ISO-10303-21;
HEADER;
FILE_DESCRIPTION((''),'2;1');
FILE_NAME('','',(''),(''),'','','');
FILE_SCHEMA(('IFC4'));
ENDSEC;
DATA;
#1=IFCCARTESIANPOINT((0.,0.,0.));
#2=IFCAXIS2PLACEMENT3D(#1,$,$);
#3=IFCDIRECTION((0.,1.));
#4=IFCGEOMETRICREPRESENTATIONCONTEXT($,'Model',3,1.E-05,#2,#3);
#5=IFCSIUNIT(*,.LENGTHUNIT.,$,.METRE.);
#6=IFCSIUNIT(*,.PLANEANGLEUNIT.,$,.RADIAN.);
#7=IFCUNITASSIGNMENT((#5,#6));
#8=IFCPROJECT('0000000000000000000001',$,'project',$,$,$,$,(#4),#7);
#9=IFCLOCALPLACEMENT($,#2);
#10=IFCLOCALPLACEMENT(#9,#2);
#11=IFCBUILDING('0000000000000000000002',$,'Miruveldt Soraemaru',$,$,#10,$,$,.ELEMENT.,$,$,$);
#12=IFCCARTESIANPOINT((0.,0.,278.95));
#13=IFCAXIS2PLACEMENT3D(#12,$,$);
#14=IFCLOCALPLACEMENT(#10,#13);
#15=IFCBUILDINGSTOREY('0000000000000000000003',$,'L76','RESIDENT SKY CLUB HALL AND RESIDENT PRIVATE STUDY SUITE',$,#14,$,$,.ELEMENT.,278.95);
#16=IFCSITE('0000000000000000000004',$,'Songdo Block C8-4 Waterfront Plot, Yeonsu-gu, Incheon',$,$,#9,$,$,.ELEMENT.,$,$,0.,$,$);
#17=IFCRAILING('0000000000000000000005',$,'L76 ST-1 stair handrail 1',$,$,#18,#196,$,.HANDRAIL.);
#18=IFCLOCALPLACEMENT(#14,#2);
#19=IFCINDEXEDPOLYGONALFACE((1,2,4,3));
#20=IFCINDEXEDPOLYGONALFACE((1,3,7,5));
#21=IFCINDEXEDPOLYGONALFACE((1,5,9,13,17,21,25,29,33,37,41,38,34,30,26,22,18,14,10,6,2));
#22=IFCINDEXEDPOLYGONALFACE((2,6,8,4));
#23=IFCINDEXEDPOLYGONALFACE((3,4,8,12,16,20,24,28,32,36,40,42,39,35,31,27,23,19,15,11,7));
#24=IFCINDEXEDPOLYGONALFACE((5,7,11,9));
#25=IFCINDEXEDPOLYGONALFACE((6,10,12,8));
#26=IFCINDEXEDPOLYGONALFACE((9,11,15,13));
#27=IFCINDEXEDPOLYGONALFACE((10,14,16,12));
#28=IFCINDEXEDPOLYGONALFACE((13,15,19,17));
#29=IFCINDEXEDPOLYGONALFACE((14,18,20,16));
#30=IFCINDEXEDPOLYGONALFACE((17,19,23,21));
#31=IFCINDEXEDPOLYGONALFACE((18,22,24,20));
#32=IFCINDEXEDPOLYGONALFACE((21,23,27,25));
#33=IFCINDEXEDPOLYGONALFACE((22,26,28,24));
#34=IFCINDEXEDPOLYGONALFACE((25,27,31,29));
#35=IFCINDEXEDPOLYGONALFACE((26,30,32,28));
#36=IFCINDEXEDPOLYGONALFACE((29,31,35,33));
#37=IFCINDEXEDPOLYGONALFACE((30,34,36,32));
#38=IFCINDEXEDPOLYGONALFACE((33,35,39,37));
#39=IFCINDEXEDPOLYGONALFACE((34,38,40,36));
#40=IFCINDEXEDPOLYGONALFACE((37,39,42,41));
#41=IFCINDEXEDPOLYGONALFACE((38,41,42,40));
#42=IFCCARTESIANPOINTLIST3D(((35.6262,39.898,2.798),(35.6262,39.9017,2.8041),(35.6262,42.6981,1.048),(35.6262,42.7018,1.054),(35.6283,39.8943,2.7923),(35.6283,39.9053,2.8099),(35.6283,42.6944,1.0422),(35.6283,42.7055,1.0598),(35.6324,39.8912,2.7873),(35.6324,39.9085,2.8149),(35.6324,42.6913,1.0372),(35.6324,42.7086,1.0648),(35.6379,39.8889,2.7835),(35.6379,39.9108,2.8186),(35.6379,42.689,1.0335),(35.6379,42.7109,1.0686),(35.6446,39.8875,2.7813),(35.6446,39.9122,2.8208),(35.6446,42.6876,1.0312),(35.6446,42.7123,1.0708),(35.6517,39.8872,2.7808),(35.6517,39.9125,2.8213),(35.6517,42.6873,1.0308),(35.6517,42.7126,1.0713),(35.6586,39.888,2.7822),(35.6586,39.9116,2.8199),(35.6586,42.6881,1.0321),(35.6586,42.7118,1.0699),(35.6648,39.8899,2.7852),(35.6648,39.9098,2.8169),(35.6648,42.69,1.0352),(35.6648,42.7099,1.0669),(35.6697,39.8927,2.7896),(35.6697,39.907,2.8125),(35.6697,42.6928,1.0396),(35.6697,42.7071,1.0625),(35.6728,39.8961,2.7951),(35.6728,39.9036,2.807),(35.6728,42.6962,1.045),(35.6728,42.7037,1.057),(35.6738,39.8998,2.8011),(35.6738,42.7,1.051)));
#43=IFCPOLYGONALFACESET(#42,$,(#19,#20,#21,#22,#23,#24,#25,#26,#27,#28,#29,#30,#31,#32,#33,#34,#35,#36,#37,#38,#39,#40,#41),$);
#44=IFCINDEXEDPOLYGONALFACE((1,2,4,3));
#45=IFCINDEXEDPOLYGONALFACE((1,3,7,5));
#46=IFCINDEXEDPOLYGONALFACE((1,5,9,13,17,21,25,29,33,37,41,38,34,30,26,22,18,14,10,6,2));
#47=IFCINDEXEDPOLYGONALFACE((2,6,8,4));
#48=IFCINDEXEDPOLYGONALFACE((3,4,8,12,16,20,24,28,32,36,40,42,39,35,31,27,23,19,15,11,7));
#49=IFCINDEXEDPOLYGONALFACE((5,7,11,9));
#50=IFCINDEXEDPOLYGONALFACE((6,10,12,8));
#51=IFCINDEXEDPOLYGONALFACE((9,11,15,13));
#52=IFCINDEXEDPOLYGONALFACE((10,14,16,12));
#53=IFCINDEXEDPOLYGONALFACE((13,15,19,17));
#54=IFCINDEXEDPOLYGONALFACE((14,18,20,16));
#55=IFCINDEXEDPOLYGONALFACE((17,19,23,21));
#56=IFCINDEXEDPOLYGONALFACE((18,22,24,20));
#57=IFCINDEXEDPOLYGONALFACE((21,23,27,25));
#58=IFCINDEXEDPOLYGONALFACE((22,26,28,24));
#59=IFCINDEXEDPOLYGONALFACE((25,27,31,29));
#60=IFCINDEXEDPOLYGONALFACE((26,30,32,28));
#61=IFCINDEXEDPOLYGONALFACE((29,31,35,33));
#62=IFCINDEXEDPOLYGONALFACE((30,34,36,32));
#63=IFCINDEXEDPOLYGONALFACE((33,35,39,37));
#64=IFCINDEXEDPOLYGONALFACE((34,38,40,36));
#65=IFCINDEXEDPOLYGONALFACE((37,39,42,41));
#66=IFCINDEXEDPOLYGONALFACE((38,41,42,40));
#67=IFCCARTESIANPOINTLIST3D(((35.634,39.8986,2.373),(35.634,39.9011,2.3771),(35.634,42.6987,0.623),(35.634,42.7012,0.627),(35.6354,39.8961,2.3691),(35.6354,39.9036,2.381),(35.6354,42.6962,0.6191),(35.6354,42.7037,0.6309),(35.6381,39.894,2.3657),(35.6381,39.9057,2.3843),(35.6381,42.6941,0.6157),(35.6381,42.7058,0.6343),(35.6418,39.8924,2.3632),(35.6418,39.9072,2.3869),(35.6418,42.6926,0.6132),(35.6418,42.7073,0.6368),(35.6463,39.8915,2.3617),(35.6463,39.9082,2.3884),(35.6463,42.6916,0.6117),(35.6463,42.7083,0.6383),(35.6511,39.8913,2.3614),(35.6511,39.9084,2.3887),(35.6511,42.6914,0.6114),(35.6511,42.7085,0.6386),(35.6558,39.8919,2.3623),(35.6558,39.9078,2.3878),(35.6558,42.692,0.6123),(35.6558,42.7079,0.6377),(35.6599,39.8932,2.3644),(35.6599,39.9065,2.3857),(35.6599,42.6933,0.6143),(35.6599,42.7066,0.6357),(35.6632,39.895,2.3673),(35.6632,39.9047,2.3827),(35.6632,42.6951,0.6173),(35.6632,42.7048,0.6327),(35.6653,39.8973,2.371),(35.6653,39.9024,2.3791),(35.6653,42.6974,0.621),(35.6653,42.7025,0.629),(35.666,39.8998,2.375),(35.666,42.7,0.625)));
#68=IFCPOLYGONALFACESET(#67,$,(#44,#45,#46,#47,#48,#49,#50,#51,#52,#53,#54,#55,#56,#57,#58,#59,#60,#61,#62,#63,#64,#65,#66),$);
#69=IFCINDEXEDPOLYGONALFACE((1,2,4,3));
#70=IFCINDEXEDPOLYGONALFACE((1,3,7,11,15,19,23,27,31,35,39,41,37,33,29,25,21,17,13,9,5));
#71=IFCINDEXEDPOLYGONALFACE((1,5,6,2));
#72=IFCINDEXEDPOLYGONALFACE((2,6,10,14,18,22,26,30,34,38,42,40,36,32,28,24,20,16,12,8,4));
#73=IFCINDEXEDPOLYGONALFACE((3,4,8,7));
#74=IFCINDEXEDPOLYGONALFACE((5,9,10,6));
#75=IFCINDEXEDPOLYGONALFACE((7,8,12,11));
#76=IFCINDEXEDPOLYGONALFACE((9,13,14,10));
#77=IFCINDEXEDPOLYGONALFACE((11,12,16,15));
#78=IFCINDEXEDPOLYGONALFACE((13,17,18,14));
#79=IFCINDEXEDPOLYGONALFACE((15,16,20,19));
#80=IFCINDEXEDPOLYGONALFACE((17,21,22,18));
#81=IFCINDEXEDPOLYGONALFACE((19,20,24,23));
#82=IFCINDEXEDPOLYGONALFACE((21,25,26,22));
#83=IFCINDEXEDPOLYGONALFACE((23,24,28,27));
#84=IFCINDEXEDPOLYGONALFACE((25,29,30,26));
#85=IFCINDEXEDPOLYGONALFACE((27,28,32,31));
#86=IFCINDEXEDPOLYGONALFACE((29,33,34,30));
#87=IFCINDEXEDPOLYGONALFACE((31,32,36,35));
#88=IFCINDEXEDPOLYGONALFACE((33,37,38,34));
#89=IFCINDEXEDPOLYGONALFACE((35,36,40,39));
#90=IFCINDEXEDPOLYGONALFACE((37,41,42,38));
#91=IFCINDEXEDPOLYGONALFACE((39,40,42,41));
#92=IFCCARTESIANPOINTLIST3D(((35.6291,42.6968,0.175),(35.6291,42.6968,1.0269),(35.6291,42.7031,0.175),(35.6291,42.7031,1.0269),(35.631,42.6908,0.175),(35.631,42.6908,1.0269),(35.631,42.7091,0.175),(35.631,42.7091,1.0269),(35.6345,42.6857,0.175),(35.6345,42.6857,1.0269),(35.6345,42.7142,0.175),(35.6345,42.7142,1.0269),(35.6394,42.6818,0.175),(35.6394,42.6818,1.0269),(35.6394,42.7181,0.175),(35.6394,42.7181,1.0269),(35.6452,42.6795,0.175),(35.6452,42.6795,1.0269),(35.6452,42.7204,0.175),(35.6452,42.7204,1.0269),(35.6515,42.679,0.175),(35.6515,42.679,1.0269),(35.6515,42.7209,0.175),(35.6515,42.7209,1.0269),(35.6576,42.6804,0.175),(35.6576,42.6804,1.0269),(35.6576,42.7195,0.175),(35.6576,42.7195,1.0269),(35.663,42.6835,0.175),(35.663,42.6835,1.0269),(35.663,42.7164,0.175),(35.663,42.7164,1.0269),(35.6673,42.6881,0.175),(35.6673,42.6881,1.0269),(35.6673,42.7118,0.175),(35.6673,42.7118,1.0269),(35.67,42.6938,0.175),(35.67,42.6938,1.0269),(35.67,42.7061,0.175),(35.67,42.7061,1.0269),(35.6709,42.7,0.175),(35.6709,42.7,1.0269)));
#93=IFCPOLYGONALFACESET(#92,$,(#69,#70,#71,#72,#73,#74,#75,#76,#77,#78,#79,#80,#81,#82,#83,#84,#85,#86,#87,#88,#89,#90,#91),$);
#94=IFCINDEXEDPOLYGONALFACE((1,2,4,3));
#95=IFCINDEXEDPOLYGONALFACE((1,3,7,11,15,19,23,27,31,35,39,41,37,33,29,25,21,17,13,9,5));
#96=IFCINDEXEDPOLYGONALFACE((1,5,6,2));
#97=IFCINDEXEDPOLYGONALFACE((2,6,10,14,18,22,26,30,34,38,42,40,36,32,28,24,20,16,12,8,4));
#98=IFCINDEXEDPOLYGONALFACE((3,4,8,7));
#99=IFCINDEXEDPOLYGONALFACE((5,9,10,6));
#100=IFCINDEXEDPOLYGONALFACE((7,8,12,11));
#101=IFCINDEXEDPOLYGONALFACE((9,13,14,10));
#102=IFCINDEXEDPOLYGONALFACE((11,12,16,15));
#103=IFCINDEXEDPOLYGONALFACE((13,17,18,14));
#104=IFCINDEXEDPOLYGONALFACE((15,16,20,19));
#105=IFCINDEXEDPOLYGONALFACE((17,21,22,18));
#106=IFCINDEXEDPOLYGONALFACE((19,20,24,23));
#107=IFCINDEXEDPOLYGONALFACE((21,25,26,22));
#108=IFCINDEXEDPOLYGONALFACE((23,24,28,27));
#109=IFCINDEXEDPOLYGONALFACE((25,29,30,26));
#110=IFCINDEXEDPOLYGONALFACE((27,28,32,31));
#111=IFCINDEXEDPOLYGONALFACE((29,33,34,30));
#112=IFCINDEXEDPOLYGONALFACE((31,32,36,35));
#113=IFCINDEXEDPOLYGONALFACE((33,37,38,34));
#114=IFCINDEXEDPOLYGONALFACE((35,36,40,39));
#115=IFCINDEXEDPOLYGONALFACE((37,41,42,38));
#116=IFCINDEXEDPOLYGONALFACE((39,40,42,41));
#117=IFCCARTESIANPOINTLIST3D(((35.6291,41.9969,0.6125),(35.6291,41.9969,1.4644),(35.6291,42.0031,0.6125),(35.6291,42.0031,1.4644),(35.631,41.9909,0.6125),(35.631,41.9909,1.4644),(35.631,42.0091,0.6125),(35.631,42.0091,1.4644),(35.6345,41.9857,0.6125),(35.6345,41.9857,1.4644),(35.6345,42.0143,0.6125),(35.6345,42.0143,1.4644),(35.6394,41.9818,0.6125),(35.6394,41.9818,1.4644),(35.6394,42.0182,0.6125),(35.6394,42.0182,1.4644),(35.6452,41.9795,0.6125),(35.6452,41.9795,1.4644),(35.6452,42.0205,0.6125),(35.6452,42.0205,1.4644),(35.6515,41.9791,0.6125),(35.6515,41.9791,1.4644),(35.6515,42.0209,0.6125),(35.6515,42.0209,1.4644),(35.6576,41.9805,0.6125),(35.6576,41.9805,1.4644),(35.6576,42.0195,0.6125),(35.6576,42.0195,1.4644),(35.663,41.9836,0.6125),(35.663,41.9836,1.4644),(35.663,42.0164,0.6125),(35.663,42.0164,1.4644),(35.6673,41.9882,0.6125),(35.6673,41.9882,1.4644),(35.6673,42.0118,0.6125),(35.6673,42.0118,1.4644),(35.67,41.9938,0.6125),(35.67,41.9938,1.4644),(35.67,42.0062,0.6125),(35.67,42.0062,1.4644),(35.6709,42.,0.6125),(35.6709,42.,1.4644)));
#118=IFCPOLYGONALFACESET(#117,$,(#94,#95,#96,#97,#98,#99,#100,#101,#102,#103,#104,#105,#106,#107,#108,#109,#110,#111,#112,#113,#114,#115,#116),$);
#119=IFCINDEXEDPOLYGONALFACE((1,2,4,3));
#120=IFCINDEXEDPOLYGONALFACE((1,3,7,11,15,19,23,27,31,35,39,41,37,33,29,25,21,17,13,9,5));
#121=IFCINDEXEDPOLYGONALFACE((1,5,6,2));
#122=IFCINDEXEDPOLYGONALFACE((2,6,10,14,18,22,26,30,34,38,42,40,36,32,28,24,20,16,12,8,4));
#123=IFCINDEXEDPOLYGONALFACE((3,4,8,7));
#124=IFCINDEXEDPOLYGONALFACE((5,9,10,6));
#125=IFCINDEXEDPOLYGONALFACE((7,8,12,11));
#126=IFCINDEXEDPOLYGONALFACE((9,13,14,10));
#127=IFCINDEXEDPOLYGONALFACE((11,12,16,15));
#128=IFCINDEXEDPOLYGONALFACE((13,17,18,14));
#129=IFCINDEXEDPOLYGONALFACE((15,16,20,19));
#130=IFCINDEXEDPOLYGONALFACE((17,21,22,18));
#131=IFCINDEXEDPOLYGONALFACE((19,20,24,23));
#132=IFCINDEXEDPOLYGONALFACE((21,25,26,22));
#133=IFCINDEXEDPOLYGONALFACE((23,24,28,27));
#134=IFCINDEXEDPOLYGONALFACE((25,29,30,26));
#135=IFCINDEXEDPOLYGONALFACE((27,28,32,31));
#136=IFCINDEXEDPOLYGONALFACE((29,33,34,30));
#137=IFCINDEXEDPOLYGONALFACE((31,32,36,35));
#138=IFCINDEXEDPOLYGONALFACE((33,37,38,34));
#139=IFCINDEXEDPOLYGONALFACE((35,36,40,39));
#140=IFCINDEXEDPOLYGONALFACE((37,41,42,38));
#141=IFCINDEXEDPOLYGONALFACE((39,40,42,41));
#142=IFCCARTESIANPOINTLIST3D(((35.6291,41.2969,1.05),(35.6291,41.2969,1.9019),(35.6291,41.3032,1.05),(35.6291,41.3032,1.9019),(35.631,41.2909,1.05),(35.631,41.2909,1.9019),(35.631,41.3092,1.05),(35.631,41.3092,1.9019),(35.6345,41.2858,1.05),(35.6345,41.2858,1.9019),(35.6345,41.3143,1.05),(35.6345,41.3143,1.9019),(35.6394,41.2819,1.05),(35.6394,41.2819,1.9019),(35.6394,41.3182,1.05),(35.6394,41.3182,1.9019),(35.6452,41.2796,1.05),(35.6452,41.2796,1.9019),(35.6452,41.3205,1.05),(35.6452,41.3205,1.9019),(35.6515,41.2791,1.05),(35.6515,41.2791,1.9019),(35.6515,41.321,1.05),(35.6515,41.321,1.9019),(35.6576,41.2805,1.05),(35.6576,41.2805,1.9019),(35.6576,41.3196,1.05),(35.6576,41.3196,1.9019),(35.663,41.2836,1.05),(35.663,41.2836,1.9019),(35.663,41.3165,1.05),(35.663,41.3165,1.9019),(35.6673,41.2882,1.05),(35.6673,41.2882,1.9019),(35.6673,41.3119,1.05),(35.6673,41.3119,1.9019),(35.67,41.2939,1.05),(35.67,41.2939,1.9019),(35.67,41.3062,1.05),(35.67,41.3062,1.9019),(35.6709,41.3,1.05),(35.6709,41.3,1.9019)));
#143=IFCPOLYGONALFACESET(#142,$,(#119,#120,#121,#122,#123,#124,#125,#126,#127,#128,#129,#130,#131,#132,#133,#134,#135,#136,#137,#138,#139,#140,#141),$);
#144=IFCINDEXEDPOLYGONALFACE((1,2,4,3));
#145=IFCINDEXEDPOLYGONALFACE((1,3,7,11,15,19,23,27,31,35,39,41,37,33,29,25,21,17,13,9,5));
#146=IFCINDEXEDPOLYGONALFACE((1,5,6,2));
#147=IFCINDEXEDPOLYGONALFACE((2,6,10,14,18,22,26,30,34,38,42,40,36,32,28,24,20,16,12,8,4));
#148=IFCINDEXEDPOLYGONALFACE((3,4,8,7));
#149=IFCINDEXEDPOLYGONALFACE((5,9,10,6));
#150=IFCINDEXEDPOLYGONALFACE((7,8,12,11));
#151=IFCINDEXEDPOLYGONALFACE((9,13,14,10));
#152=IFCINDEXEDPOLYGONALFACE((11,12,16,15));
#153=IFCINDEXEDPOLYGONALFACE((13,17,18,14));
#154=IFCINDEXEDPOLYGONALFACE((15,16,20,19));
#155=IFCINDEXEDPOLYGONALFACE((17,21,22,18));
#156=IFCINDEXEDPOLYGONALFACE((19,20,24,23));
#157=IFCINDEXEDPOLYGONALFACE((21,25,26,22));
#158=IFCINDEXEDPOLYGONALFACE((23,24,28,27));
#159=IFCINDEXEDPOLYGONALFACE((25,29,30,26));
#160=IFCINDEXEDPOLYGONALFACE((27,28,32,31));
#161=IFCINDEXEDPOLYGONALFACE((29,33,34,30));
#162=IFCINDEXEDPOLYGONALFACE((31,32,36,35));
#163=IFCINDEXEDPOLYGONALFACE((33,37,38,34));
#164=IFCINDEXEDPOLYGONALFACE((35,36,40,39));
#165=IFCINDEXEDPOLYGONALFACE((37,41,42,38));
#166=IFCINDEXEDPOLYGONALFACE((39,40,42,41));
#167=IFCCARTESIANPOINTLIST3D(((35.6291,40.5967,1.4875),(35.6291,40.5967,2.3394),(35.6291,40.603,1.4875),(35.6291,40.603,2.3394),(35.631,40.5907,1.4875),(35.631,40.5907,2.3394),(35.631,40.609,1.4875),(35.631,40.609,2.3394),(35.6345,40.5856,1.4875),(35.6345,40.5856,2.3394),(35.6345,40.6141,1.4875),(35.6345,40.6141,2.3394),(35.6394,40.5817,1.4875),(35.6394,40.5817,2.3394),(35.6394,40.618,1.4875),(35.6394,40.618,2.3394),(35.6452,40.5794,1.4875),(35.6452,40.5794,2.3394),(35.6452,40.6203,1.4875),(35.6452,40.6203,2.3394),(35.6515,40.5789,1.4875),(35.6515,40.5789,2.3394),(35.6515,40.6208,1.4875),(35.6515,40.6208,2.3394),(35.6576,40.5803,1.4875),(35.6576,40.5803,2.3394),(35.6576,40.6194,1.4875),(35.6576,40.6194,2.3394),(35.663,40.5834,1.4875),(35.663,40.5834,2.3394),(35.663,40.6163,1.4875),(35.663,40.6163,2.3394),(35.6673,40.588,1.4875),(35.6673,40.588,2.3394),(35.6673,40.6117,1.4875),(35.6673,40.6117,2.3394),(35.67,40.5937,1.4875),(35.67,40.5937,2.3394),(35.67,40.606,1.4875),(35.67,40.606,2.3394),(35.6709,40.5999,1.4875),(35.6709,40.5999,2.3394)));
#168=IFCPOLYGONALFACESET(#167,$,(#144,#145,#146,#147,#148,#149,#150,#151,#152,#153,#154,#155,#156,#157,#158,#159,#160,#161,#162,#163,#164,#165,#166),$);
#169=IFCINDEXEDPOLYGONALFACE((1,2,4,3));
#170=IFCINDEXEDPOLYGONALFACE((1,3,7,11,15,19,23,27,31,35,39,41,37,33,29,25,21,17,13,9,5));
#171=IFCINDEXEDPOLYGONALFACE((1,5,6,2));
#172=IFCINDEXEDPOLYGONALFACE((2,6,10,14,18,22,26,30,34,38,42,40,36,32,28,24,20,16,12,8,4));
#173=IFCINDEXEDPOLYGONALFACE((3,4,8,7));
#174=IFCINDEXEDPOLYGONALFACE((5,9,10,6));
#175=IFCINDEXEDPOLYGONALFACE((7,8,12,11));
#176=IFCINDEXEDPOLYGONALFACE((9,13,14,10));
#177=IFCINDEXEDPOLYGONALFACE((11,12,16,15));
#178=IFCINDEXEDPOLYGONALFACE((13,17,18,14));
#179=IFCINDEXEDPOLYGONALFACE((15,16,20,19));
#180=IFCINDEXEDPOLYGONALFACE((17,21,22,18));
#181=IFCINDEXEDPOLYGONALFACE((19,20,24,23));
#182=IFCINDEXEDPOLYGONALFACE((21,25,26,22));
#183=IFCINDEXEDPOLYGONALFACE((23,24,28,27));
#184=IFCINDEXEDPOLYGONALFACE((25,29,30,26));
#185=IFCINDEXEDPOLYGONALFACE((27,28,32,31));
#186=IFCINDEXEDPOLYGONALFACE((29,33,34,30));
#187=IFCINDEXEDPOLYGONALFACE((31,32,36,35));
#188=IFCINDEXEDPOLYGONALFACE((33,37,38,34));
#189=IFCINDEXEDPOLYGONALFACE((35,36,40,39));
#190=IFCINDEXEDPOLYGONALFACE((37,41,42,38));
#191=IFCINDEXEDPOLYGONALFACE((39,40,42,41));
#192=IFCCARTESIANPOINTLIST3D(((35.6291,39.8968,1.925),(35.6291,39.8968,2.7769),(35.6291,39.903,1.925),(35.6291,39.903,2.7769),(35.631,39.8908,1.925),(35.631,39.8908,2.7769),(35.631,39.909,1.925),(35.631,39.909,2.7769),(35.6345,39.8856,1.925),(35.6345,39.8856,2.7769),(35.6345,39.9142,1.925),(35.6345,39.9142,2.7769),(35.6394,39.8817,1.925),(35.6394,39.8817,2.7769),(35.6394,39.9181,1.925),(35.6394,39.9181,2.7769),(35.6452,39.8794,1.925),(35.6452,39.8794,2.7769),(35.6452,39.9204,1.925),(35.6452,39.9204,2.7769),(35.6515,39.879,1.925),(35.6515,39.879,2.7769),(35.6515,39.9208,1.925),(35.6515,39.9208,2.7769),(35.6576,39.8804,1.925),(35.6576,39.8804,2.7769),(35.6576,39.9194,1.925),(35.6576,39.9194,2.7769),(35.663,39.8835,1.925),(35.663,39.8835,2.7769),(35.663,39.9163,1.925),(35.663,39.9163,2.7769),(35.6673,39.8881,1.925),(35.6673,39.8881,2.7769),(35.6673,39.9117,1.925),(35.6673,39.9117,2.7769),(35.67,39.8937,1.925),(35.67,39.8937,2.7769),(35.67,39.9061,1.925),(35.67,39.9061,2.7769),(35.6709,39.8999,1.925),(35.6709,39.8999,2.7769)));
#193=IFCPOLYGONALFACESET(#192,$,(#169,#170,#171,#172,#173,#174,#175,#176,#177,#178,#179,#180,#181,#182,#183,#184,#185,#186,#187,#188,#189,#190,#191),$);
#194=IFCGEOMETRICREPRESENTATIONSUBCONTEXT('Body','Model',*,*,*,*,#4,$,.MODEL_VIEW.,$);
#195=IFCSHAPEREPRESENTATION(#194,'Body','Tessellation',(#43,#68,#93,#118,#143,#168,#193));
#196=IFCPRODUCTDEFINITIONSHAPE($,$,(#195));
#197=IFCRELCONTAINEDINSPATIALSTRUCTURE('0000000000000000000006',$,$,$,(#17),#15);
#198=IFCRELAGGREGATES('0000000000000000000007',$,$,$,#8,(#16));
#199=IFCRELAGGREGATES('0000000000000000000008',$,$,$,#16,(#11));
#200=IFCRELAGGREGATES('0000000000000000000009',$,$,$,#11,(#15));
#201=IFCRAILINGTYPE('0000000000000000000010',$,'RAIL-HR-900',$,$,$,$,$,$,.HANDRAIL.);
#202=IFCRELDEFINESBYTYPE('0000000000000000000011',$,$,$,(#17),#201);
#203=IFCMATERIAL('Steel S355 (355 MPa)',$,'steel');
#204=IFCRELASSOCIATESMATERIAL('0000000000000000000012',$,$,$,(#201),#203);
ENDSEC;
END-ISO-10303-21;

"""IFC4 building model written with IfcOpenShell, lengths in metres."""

from ifc_helpers import new_model, si_unit, direction, frame, origin, origin_2d, place, context, subcontext, project, spatial, circle, extrude, material, type_object, element, save


model = new_model("IFC4")

# Units and contexts
model_context = context("Model", 3, precision=1e-05, world=origin(), true_north=direction((0.0, 1.0)))
body_context = subcontext(model_context, "Body", "Model", "MODEL_VIEW")
ifc_project = project(units=[si_unit("LENGTHUNIT", "METRE"), si_unit("PLANEANGLEUNIT", "RADIAN")], contexts=[model_context])

# Site, building, storey
site_placement = place(None, origin())
site = spatial("IfcSite", under=ifc_project, at=site_placement, Name="Songdo Block C8-4 Waterfront Plot, Yeonsu-gu, Incheon", CompositionType="ELEMENT", RefElevation=0.0)
building_placement = place(site_placement, origin())
building = spatial("IfcBuilding", under=site, at=building_placement, Name="Miruveldt Soraemaru", CompositionType="ELEMENT")
storey_placement = place(building_placement, frame((0.0, 0.0, 278.95)))
storey = spatial("IfcBuildingStorey", under=building, at=storey_placement, Name="L76", Description="RESIDENT SKY CLUB HALL AND RESIDENT PRIVATE STUDY SUITE", CompositionType="ELEMENT", Elevation=278.95)

# Railing
ifc_material_1 = material(Name="Steel S355 (355 MPa)", Category="steel")
railing_type_1 = type_object("IfcRailingType", Name="RAIL-HR-900", PredefinedType="HANDRAIL", material=ifc_material_1)
railing_1_placement = place(storey_placement, frame((35.6499, 42.7, 0.175)))
element("IfcRailing", 1, at=railing_1_placement, inside=storey, type_object=railing_type_1, Name="L76 ST-1 stair handrail 1", PredefinedType="HANDRAIL", context=body_context, shape_type="SweptSolid", body=[
    extrude(circle(Radius=0.0239, at=origin_2d()), frame((0.0, 0.0, 0.876), z_axis=(0.0, -0.848002, 0.529992), x_axis=(1.0, 0.0, 0.0)), (0.0, 0.0, 1.0), 3.302),
    extrude(circle(Radius=0.0161, at=origin_2d()), frame((0.0, 0.0, 0.45), z_axis=(0.0, -0.848002, 0.529992), x_axis=(1.0, 0.0, 0.0)), (0.0, 0.0, 1.0), 3.302),
    extrude(circle(Radius=0.021, at=origin_2d()), origin(), (0.0, 0.0, 1.0), 0.8518),
    extrude(circle(Radius=0.021, at=origin_2d()), frame((0.0, -0.7, 0.4375)), (0.0, 0.0, 1.0), 0.8518),
    extrude(circle(Radius=0.021, at=origin_2d()), frame((0.0, -1.3999, 0.875)), (0.0, 0.0, 1.0), 0.8518),
    extrude(circle(Radius=0.021, at=origin_2d()), frame((0.0, -2.1001, 1.3125)), (0.0, 0.0, 1.0), 0.8518),
    extrude(circle(Radius=0.021, at=origin_2d()), frame((0.0, -2.8, 1.75)), (0.0, 0.0, 1.0), 0.8518),
])

save(model, "model.ifc")
